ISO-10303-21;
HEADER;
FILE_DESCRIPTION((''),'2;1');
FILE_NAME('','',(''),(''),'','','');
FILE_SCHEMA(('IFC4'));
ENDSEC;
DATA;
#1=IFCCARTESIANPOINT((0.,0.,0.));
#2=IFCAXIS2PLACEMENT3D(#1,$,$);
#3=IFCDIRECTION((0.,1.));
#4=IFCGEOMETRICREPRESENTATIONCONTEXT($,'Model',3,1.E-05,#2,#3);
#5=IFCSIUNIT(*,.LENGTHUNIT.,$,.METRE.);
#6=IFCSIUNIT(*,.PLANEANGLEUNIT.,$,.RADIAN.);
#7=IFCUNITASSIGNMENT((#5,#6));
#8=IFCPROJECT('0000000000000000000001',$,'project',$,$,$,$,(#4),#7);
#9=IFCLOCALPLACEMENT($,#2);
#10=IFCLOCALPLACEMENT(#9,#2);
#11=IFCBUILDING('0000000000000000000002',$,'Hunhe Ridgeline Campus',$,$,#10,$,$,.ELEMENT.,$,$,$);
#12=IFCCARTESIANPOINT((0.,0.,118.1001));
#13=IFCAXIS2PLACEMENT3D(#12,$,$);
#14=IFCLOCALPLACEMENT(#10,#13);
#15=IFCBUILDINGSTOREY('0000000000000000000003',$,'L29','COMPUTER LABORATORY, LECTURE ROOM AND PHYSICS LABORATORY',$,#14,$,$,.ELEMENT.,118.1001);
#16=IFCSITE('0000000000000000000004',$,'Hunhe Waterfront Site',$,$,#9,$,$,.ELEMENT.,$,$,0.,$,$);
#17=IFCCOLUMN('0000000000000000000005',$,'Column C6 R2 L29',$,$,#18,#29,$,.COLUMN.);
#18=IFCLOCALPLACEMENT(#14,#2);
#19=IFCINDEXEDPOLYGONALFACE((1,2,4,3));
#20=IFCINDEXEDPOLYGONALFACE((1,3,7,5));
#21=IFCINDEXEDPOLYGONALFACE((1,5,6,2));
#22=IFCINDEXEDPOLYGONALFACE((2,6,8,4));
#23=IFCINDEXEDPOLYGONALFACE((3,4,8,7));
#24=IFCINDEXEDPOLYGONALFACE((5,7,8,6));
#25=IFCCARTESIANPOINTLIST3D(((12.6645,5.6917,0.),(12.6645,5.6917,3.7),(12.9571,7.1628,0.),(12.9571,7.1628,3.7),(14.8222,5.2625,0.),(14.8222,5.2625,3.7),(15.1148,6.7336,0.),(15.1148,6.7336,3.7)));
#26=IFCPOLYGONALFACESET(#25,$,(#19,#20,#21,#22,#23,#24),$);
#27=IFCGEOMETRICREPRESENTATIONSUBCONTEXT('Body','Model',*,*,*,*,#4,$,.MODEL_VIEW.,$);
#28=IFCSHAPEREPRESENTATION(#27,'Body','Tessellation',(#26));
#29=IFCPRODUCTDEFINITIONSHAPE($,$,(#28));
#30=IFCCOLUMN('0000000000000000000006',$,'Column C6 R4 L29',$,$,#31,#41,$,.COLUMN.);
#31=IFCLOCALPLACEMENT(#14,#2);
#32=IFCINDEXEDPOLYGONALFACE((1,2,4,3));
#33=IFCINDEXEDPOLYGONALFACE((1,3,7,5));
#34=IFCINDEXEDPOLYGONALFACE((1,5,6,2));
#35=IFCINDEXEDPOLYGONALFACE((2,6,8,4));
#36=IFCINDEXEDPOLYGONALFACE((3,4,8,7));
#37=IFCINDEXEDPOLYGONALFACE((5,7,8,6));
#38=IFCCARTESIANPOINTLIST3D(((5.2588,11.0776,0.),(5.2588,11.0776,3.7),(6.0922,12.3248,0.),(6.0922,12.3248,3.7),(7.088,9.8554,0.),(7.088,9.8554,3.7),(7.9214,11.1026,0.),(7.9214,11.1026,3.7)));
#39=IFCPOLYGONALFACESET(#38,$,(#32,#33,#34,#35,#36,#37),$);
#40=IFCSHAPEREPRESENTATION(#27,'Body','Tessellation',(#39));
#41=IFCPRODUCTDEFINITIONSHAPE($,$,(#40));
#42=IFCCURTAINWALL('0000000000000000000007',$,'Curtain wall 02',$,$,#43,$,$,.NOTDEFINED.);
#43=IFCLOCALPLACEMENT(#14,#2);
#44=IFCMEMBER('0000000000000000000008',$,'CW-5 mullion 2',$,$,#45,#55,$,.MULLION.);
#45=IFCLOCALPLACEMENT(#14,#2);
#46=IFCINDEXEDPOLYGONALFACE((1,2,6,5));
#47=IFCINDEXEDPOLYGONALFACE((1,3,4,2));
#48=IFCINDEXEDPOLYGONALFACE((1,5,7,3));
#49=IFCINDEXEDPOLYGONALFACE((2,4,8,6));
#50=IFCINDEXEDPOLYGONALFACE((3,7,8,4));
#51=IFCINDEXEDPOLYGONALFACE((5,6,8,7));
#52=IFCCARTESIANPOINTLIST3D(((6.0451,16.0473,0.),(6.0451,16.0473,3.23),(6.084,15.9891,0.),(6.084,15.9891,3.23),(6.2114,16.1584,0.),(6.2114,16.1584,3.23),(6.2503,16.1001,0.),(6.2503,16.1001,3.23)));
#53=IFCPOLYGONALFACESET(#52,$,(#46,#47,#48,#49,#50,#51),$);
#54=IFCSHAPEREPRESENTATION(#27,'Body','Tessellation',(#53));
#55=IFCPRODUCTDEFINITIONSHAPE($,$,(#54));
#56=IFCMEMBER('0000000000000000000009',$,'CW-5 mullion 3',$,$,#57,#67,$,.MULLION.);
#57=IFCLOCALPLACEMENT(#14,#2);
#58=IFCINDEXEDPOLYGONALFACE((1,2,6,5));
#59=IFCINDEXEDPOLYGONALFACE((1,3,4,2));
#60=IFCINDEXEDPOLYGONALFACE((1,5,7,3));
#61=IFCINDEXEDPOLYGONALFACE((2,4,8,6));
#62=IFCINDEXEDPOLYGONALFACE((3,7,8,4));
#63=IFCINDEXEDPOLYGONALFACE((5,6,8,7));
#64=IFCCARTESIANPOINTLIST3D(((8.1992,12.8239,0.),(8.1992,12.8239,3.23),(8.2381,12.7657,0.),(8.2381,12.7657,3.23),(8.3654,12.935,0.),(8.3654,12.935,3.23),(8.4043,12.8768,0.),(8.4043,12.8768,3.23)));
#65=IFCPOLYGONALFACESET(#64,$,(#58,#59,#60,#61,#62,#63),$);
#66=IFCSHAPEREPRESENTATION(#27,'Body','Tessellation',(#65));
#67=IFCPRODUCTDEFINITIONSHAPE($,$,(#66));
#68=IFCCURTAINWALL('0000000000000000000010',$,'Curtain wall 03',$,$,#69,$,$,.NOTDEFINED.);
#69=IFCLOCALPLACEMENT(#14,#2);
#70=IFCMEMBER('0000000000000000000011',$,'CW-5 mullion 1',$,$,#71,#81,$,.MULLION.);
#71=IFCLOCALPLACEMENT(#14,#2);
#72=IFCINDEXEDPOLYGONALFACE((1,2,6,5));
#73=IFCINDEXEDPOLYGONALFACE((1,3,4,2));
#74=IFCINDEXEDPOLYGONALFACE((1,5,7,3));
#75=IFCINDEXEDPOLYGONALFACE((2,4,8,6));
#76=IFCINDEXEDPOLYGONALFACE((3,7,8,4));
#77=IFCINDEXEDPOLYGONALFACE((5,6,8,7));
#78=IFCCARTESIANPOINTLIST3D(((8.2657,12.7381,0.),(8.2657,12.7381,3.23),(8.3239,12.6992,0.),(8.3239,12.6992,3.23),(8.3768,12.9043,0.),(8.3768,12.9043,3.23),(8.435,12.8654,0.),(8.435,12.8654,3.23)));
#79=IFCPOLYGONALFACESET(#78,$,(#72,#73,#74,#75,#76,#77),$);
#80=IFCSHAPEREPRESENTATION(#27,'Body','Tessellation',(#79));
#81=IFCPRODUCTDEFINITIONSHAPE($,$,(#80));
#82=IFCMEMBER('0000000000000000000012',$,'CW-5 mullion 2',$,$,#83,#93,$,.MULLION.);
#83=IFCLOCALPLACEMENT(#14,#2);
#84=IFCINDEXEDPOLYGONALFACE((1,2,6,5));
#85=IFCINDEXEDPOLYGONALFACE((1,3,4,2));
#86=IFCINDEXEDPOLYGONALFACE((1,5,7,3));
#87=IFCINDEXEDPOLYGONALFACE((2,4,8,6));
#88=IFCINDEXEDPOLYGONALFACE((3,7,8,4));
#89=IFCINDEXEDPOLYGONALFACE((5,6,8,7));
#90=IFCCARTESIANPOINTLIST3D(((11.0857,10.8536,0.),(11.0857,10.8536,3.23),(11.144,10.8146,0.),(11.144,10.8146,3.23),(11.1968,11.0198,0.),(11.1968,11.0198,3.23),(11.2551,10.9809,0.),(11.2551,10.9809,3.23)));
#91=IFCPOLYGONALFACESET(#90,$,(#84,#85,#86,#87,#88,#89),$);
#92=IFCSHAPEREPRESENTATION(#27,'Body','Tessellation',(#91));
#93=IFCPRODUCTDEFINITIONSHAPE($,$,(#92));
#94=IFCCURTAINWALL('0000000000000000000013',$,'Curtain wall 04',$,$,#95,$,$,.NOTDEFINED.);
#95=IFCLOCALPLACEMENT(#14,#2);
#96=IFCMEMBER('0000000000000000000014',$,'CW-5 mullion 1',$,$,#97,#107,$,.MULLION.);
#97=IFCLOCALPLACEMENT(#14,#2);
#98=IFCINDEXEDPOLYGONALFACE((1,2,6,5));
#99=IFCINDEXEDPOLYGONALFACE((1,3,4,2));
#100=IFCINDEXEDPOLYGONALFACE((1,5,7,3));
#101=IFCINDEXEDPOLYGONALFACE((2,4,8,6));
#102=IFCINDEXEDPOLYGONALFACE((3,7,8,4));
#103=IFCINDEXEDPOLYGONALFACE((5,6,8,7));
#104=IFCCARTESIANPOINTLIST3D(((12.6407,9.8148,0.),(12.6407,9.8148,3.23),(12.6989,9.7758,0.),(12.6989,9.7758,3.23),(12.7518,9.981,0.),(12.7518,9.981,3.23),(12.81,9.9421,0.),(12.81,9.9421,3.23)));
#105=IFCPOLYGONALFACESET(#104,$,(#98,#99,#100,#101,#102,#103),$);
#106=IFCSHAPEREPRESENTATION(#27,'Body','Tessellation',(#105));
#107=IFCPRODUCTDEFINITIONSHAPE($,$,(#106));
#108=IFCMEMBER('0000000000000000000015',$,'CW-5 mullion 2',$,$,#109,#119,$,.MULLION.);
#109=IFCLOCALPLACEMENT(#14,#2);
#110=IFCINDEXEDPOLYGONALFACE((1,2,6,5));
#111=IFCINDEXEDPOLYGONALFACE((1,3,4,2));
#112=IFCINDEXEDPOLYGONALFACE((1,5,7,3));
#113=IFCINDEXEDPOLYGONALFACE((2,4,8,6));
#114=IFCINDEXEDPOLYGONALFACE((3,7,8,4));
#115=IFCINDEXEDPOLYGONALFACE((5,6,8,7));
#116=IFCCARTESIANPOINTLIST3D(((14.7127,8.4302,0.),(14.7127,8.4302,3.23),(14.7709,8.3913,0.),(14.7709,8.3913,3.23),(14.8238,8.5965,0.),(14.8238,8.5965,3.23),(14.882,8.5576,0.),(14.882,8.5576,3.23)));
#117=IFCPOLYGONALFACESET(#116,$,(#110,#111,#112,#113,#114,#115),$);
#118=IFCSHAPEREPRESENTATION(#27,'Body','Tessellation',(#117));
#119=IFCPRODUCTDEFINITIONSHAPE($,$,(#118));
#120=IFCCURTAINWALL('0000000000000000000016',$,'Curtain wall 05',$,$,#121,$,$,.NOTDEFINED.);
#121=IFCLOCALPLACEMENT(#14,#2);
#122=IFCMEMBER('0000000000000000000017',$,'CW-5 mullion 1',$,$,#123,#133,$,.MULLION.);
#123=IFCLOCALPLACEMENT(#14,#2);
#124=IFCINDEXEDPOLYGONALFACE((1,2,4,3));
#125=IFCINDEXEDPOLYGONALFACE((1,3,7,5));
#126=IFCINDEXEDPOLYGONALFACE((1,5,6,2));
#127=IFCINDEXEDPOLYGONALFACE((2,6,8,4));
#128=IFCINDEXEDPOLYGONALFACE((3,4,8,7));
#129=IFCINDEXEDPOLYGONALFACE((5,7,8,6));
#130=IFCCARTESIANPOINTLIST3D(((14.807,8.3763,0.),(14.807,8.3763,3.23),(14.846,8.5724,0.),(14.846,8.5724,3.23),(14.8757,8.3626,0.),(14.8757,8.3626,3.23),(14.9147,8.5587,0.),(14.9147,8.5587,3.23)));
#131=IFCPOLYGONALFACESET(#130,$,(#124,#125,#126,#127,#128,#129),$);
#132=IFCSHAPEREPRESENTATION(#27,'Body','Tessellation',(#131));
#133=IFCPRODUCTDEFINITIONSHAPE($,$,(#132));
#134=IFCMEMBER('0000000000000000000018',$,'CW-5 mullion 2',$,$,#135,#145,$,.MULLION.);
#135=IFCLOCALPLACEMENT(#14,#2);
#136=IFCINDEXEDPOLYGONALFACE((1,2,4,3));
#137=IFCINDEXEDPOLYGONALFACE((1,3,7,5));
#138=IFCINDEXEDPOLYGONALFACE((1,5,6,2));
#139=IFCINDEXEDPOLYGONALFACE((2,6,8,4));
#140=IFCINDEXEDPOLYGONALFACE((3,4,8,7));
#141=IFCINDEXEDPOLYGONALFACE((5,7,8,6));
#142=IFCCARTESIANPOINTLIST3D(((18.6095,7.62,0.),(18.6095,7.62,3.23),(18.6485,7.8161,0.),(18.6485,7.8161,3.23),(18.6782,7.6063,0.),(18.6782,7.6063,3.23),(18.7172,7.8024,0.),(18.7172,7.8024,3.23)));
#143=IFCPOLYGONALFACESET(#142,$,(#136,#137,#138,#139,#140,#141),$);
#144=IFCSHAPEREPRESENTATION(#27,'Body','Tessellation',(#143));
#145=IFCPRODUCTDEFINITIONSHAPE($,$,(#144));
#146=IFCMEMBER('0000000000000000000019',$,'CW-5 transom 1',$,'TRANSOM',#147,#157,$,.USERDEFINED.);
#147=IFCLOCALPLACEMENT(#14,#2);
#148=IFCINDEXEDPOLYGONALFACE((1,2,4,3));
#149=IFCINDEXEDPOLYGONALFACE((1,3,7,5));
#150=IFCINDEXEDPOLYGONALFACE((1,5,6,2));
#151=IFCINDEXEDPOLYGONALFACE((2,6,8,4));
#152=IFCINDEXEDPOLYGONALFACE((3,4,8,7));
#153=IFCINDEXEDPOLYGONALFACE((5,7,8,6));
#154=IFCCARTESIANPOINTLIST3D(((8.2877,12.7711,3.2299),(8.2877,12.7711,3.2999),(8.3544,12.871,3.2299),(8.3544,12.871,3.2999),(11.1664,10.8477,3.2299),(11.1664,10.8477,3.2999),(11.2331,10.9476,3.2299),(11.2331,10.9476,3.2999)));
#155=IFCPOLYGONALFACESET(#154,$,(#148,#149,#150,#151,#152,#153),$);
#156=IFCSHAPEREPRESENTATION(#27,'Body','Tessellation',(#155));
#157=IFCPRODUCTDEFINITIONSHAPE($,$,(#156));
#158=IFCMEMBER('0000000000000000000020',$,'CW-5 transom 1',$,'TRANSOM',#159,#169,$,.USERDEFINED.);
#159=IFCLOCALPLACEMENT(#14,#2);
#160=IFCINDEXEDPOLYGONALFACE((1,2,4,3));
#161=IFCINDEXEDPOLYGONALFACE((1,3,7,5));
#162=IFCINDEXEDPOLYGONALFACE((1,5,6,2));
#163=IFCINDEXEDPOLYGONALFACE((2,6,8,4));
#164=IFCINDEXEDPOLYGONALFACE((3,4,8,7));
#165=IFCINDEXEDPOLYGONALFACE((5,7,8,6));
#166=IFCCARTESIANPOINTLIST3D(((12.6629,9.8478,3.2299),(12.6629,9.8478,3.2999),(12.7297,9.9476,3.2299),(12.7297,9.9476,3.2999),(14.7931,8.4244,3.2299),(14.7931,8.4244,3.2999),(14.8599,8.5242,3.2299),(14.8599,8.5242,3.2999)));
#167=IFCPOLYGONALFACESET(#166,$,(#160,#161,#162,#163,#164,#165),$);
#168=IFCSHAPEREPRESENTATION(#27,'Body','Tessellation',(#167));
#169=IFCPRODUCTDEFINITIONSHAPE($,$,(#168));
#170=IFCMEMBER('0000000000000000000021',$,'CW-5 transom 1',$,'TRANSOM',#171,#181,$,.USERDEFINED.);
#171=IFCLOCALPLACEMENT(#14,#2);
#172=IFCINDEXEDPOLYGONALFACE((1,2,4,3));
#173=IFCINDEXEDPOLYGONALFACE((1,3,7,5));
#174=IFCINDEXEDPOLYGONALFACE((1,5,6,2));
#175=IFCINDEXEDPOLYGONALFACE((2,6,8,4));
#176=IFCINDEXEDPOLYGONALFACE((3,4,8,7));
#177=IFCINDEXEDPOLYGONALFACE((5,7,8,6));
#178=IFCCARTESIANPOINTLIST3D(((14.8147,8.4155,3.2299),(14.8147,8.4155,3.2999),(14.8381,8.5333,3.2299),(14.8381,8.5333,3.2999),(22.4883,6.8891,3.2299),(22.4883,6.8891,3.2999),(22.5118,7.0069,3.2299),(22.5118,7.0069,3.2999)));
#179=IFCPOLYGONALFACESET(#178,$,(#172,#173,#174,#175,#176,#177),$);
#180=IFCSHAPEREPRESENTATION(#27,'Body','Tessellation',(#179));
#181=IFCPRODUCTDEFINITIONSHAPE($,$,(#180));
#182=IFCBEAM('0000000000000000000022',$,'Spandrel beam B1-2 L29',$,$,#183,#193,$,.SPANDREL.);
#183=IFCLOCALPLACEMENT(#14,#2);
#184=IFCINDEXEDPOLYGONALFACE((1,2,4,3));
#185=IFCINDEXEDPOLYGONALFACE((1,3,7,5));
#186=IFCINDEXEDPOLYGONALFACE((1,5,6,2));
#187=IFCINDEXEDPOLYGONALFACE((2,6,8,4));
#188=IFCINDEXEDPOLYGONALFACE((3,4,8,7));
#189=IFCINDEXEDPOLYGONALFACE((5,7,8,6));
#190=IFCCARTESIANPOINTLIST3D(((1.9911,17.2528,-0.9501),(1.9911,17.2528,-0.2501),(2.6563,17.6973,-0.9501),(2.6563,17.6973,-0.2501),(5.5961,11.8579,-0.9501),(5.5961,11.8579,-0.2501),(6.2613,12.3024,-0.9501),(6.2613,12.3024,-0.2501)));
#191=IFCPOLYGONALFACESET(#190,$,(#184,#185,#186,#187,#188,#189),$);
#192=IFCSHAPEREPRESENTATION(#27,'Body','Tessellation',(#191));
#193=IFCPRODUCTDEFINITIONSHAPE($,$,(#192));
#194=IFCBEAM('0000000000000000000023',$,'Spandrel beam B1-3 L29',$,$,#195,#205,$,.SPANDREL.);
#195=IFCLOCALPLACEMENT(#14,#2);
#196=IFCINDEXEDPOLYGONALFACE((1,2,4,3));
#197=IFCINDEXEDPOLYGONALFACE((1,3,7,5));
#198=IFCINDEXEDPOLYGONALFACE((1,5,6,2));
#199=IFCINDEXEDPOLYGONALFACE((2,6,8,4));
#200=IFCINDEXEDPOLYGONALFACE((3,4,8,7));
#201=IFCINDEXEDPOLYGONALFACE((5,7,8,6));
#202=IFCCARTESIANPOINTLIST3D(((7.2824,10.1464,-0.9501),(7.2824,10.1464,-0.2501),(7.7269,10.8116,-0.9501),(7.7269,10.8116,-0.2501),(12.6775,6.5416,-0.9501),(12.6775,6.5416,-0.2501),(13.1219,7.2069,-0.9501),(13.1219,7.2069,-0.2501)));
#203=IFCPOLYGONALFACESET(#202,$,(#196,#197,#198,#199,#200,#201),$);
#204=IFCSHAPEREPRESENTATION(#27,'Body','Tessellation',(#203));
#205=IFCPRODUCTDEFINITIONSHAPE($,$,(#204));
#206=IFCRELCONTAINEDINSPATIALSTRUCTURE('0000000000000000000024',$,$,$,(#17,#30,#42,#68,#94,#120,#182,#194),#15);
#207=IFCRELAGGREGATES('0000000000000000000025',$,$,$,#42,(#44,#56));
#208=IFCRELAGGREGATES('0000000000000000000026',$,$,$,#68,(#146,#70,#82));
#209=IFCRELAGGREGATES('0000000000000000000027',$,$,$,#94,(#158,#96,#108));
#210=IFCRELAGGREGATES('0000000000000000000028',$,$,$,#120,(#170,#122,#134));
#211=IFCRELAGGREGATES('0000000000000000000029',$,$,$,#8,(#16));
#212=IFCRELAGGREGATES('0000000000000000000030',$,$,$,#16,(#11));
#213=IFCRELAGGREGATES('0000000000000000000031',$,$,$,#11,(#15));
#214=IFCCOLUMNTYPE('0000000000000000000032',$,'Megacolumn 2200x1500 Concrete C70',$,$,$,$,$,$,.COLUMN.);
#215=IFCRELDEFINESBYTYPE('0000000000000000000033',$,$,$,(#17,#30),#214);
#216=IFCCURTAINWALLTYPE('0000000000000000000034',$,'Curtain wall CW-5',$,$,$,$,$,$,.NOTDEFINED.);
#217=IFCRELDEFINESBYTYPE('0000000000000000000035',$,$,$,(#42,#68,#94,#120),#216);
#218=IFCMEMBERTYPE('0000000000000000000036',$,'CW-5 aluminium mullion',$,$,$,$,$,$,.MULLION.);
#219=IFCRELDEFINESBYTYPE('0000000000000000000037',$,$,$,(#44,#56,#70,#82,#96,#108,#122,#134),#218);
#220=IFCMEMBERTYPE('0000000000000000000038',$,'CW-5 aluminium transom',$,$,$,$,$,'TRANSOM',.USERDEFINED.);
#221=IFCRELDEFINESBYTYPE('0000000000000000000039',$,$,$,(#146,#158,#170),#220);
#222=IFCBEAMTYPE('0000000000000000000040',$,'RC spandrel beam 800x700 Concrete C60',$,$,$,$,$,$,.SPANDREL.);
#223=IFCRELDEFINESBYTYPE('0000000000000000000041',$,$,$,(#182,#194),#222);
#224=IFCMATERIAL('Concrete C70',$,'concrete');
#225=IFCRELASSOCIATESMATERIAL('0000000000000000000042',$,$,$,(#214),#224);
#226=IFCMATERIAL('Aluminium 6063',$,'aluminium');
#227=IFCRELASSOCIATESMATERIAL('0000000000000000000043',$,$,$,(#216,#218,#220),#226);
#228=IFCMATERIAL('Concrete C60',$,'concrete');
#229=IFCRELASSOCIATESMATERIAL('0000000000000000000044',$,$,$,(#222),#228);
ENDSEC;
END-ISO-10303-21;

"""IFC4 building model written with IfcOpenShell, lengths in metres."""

from ifc_helpers import new_model, si_unit, direction, frame, origin, origin_2d, place, context, subcontext, project, spatial, rectangle, extrude, material, material_profile, profile_set, type_object, element, aggregate, save


model = new_model("IFC4")

# Units and contexts
model_context = context("Model", 3, precision=1e-05, world=origin(), true_north=direction((0.0, 1.0)))
body_context = subcontext(model_context, "Body", "Model", "MODEL_VIEW")
ifc_project = project(units=[si_unit("LENGTHUNIT", "METRE"), si_unit("PLANEANGLEUNIT", "RADIAN")], contexts=[model_context])

# Site, building, storey
site_placement = place(None, origin())
site = spatial("IfcSite", under=ifc_project, at=site_placement, Name="Hunhe Waterfront Site", CompositionType="ELEMENT", RefElevation=0.0)
building_placement = place(site_placement, origin())
building = spatial("IfcBuilding", under=site, at=building_placement, Name="Hunhe Ridgeline Campus", CompositionType="ELEMENT")
storey_placement = place(building_placement, frame((0.0, 0.0, 118.1001)))
storey = spatial("IfcBuildingStorey", under=building, at=storey_placement, Name="L29", Description="COMPUTER LABORATORY, LECTURE ROOM AND PHYSICS LABORATORY", CompositionType="ELEMENT", Elevation=118.1001)

# Columns
ifc_material_1 = material(Name="Concrete C70", Category="concrete")
ifc_material_profile_1 = material_profile(ifc_material_1, rectangle(XDim=2.2, YDim=1.5, at=origin_2d()))
ifc_profile_set_1 = profile_set([ifc_material_profile_1], Name="Concrete C70")
column_type = type_object("IfcColumnType", Name="Megacolumn 2200x1500 Concrete C70", PredefinedType="COLUMN", material=ifc_profile_set_1)
for number, where, z_axis, x_axis, name in (
    (1, (13.8896, 6.2126, 0.0), (0.0, 0.0, 1.0), (-0.980785, 0.19509, 0.0), "Column C6 R2 L29"),
    (2, (6.5901, 11.0901, 0.0), (0.0, 0.0, 1.0), (-0.83147, 0.55557, 0.0), "Column C6 R4 L29"),
):
    element("IfcColumn", number, at=place(storey_placement, frame(where, z_axis=z_axis, x_axis=x_axis)), inside=storey, type_object=column_type, Name=name, PredefinedType="COLUMN", context=body_context, shape_type="SweptSolid", body=[
        extrude(rectangle(XDim=2.2, YDim=1.5, at=origin_2d()), origin(), (0.0, 0.0, 1.0), 3.7),
    ])

# Curtain walls, members
ifc_material_2 = material(Name="Aluminium 6063", Category="aluminium")
curtain_wall_type = type_object("IfcCurtainWallType", Name="Curtain wall CW-5", PredefinedType="NOTDEFINED", material=ifc_material_2)
curtain_wall_1_placement = place(storey_placement, origin())
curtain_wall_1 = element("IfcCurtainWall", 3, at=curtain_wall_1_placement, inside=storey, type_object=curtain_wall_type, Name="Curtain wall 02", PredefinedType="NOTDEFINED")
ifc_material_profile_2 = material_profile(ifc_material_2, rectangle(XDim=0.2, YDim=0.0701, at=origin_2d()))
ifc_profile_set_2 = profile_set([ifc_material_profile_2], Name="Aluminium 6063")
member_type_1 = type_object("IfcMemberType", Name="CW-5 aluminium mullion", PredefinedType="MULLION", material=ifc_profile_set_2)
member_1_placement = place(storey_placement, frame((6.1477, 16.0737, 0.0), z_axis=(0.0, 0.0, 1.0), x_axis=(0.83147, 0.55557, 0.0)))
member_1 = element("IfcMember", 4, at=member_1_placement, type_object=member_type_1, Name="CW-5 mullion 2", PredefinedType="MULLION", context=body_context, shape_type="SweptSolid", body=[
    extrude(rectangle(XDim=0.2, YDim=0.0701, at=origin_2d()), origin(), (0.0, 0.0, 1.0), 3.23),
])
member_2_placement = place(storey_placement, frame((8.3018, 12.8503, 0.0), z_axis=(0.0, 0.0, 1.0), x_axis=(0.83147, 0.55557, 0.0)))
member_2 = element("IfcMember", 5, at=member_2_placement, type_object=member_type_1, Name="CW-5 mullion 3", PredefinedType="MULLION", context=body_context, shape_type="SweptSolid", body=[
    extrude(rectangle(XDim=0.2, YDim=0.0701, at=origin_2d()), origin(), (0.0, 0.0, 1.0), 3.23),
])
curtain_wall_2_placement = place(storey_placement, origin())
curtain_wall_2 = element("IfcCurtainWall", 6, at=curtain_wall_2_placement, inside=storey, type_object=curtain_wall_type, Name="Curtain wall 03", PredefinedType="NOTDEFINED")
member_3_placement = place(storey_placement, frame((8.3503, 12.8018, 0.0), z_axis=(0.0, 0.0, 1.0), x_axis=(0.55557, 0.83147, 0.0)))
member_3 = element("IfcMember", 7, at=member_3_placement, type_object=member_type_1, Name="CW-5 mullion 1", PredefinedType="MULLION", context=body_context, shape_type="SweptSolid", body=[
    extrude(rectangle(XDim=0.2, YDim=0.0701, at=origin_2d()), origin(), (0.0, 0.0, 1.0), 3.23),
])
member_4_placement = place(storey_placement, frame((11.1704, 10.9172, 0.0), z_axis=(0.0, 0.0, 1.0), x_axis=(0.55557, 0.83147, 0.0)))
member_4 = element("IfcMember", 8, at=member_4_placement, type_object=member_type_1, Name="CW-5 mullion 2", PredefinedType="MULLION", context=body_context, shape_type="SweptSolid", body=[
    extrude(rectangle(XDim=0.2, YDim=0.0701, at=origin_2d()), origin(), (0.0, 0.0, 1.0), 3.23),
])
curtain_wall_3_placement = place(storey_placement, origin())
curtain_wall_3 = element("IfcCurtainWall", 9, at=curtain_wall_3_placement, inside=storey, type_object=curtain_wall_type, Name="Curtain wall 04", PredefinedType="NOTDEFINED")
member_5_placement = place(storey_placement, frame((12.7253, 9.8784, 0.0), z_axis=(0.0, 0.0, 1.0), x_axis=(0.55557, 0.83147, 0.0)))
member_5 = element("IfcMember", 10, at=member_5_placement, type_object=member_type_1, Name="CW-5 mullion 1", PredefinedType="MULLION", context=body_context, shape_type="SweptSolid", body=[
    extrude(rectangle(XDim=0.2, YDim=0.0701, at=origin_2d()), origin(), (0.0, 0.0, 1.0), 3.23),
])
member_6_placement = place(storey_placement, frame((14.7974, 8.4939, 0.0), z_axis=(0.0, 0.0, 1.0), x_axis=(0.55557, 0.83147, 0.0)))
member_6 = element("IfcMember", 11, at=member_6_placement, type_object=member_type_1, Name="CW-5 mullion 2", PredefinedType="MULLION", context=body_context, shape_type="SweptSolid", body=[
    extrude(rectangle(XDim=0.2, YDim=0.0701, at=origin_2d()), origin(), (0.0, 0.0, 1.0), 3.23),
])
curtain_wall_4_placement = place(storey_placement, origin())
curtain_wall_4 = element("IfcCurtainWall", 12, at=curtain_wall_4_placement, inside=storey, type_object=curtain_wall_type, Name="Curtain wall 05", PredefinedType="NOTDEFINED")
member_7_placement = place(storey_placement, frame((14.8608, 8.4675, 0.0), z_axis=(0.0, 0.0, 1.0), x_axis=(0.19509, 0.980785, 0.0)))
member_7 = element("IfcMember", 13, at=member_7_placement, type_object=member_type_1, Name="CW-5 mullion 1", PredefinedType="MULLION", context=body_context, shape_type="SweptSolid", body=[
    extrude(rectangle(XDim=0.2, YDim=0.0701, at=origin_2d()), origin(), (0.0, 0.0, 1.0), 3.23),
])
member_8_placement = place(storey_placement, frame((18.6633, 7.7112, 0.0), z_axis=(0.0, 0.0, 1.0), x_axis=(0.19509, 0.980785, 0.0)))
member_8 = element("IfcMember", 14, at=member_8_placement, type_object=member_type_1, Name="CW-5 mullion 2", PredefinedType="MULLION", context=body_context, shape_type="SweptSolid", body=[
    extrude(rectangle(XDim=0.2, YDim=0.0701, at=origin_2d()), origin(), (0.0, 0.0, 1.0), 3.23),
])

# Members
ifc_material_profile_3 = material_profile(ifc_material_2, rectangle(XDim=0.1201, YDim=0.0701, at=origin_2d()))
ifc_profile_set_3 = profile_set([ifc_material_profile_3], Name="Aluminium 6063")
member_type_2 = type_object("IfcMemberType", Name="CW-5 aluminium transom", ElementType="TRANSOM", PredefinedType="USERDEFINED", material=ifc_profile_set_3)
member_9_placement = place(storey_placement, frame((8.321, 12.821, 3.2649), z_axis=(0.831486, -0.555546, 0.0), x_axis=(0.555546, 0.831486, 0.0)))
member_9 = element("IfcMember", 15, at=member_9_placement, type_object=member_type_2, Name="CW-5 transom 1", ObjectType="TRANSOM", PredefinedType="USERDEFINED", context=body_context, shape_type="SweptSolid", body=[
    extrude(rectangle(XDim=0.1201, YDim=0.0701, at=origin_2d()), origin(), (0.0, 0.0, 1.0), 3.4622),
])
member_10_placement = place(storey_placement, frame((12.6963, 9.8977, 3.2649), z_axis=(0.831463, -0.55558, 0.0), x_axis=(0.55558, 0.831463, 0.0)))
member_10 = element("IfcMember", 16, at=member_10_placement, type_object=member_type_2, Name="CW-5 transom 1", ObjectType="TRANSOM", PredefinedType="USERDEFINED", context=body_context, shape_type="SweptSolid", body=[
    extrude(rectangle(XDim=0.1201, YDim=0.0701, at=origin_2d()), origin(), (0.0, 0.0, 1.0), 2.562),
])
member_11_placement = place(storey_placement, frame((14.8264, 8.4744, 3.2649), z_axis=(0.980785, -0.19509, 0.0), x_axis=(0.19509, 0.980785, 0.0)))
member_11 = element("IfcMember", 17, at=member_11_placement, type_object=member_type_2, Name="CW-5 transom 1", ObjectType="TRANSOM", PredefinedType="USERDEFINED", context=body_context, shape_type="SweptSolid", body=[
    extrude(rectangle(XDim=0.1201, YDim=0.0701, at=origin_2d()), origin(), (0.0, 0.0, 1.0), 7.824),
])

# Beams
ifc_material_3 = material(Name="Concrete C60", Category="concrete")
ifc_material_profile_4 = material_profile(ifc_material_3, rectangle(XDim=0.8, YDim=0.7, at=origin_2d()))
ifc_profile_set_4 = profile_set([ifc_material_profile_4], Name="Concrete C60")
beam_type = type_object("IfcBeamType", Name="RC spandrel beam 800x700 Concrete C60", PredefinedType="SPANDREL", material=ifc_profile_set_4)
for number, where, z_axis, x_axis, name in (
    (18, (2.3237, 17.4751, -0.6001), (0.555586, -0.831459, 0.0), (0.831459, 0.555586, 0.0), "Spandrel beam B1-2 L29"),
    (19, (7.5046, 10.479, -0.6001), (0.831477, -0.55556, 0.0), (0.55556, 0.831477, 0.0), "Spandrel beam B1-3 L29"),
):
    element("IfcBeam", number, at=place(storey_placement, frame(where, z_axis=z_axis, x_axis=x_axis)), inside=storey, type_object=beam_type, Name=name, PredefinedType="SPANDREL", context=body_context, shape_type="SweptSolid", body=[
        extrude(rectangle(XDim=0.8, YDim=0.7, at=origin_2d()), origin(), (0.0, 0.0, 1.0), 6.4885),
    ])

aggregate(curtain_wall_1, [member_1, member_2])
aggregate(curtain_wall_2, [member_9, member_3, member_4])
aggregate(curtain_wall_3, [member_10, member_5, member_6])
aggregate(curtain_wall_4, [member_11, member_7, member_8])

save(model, "model.ifc")
